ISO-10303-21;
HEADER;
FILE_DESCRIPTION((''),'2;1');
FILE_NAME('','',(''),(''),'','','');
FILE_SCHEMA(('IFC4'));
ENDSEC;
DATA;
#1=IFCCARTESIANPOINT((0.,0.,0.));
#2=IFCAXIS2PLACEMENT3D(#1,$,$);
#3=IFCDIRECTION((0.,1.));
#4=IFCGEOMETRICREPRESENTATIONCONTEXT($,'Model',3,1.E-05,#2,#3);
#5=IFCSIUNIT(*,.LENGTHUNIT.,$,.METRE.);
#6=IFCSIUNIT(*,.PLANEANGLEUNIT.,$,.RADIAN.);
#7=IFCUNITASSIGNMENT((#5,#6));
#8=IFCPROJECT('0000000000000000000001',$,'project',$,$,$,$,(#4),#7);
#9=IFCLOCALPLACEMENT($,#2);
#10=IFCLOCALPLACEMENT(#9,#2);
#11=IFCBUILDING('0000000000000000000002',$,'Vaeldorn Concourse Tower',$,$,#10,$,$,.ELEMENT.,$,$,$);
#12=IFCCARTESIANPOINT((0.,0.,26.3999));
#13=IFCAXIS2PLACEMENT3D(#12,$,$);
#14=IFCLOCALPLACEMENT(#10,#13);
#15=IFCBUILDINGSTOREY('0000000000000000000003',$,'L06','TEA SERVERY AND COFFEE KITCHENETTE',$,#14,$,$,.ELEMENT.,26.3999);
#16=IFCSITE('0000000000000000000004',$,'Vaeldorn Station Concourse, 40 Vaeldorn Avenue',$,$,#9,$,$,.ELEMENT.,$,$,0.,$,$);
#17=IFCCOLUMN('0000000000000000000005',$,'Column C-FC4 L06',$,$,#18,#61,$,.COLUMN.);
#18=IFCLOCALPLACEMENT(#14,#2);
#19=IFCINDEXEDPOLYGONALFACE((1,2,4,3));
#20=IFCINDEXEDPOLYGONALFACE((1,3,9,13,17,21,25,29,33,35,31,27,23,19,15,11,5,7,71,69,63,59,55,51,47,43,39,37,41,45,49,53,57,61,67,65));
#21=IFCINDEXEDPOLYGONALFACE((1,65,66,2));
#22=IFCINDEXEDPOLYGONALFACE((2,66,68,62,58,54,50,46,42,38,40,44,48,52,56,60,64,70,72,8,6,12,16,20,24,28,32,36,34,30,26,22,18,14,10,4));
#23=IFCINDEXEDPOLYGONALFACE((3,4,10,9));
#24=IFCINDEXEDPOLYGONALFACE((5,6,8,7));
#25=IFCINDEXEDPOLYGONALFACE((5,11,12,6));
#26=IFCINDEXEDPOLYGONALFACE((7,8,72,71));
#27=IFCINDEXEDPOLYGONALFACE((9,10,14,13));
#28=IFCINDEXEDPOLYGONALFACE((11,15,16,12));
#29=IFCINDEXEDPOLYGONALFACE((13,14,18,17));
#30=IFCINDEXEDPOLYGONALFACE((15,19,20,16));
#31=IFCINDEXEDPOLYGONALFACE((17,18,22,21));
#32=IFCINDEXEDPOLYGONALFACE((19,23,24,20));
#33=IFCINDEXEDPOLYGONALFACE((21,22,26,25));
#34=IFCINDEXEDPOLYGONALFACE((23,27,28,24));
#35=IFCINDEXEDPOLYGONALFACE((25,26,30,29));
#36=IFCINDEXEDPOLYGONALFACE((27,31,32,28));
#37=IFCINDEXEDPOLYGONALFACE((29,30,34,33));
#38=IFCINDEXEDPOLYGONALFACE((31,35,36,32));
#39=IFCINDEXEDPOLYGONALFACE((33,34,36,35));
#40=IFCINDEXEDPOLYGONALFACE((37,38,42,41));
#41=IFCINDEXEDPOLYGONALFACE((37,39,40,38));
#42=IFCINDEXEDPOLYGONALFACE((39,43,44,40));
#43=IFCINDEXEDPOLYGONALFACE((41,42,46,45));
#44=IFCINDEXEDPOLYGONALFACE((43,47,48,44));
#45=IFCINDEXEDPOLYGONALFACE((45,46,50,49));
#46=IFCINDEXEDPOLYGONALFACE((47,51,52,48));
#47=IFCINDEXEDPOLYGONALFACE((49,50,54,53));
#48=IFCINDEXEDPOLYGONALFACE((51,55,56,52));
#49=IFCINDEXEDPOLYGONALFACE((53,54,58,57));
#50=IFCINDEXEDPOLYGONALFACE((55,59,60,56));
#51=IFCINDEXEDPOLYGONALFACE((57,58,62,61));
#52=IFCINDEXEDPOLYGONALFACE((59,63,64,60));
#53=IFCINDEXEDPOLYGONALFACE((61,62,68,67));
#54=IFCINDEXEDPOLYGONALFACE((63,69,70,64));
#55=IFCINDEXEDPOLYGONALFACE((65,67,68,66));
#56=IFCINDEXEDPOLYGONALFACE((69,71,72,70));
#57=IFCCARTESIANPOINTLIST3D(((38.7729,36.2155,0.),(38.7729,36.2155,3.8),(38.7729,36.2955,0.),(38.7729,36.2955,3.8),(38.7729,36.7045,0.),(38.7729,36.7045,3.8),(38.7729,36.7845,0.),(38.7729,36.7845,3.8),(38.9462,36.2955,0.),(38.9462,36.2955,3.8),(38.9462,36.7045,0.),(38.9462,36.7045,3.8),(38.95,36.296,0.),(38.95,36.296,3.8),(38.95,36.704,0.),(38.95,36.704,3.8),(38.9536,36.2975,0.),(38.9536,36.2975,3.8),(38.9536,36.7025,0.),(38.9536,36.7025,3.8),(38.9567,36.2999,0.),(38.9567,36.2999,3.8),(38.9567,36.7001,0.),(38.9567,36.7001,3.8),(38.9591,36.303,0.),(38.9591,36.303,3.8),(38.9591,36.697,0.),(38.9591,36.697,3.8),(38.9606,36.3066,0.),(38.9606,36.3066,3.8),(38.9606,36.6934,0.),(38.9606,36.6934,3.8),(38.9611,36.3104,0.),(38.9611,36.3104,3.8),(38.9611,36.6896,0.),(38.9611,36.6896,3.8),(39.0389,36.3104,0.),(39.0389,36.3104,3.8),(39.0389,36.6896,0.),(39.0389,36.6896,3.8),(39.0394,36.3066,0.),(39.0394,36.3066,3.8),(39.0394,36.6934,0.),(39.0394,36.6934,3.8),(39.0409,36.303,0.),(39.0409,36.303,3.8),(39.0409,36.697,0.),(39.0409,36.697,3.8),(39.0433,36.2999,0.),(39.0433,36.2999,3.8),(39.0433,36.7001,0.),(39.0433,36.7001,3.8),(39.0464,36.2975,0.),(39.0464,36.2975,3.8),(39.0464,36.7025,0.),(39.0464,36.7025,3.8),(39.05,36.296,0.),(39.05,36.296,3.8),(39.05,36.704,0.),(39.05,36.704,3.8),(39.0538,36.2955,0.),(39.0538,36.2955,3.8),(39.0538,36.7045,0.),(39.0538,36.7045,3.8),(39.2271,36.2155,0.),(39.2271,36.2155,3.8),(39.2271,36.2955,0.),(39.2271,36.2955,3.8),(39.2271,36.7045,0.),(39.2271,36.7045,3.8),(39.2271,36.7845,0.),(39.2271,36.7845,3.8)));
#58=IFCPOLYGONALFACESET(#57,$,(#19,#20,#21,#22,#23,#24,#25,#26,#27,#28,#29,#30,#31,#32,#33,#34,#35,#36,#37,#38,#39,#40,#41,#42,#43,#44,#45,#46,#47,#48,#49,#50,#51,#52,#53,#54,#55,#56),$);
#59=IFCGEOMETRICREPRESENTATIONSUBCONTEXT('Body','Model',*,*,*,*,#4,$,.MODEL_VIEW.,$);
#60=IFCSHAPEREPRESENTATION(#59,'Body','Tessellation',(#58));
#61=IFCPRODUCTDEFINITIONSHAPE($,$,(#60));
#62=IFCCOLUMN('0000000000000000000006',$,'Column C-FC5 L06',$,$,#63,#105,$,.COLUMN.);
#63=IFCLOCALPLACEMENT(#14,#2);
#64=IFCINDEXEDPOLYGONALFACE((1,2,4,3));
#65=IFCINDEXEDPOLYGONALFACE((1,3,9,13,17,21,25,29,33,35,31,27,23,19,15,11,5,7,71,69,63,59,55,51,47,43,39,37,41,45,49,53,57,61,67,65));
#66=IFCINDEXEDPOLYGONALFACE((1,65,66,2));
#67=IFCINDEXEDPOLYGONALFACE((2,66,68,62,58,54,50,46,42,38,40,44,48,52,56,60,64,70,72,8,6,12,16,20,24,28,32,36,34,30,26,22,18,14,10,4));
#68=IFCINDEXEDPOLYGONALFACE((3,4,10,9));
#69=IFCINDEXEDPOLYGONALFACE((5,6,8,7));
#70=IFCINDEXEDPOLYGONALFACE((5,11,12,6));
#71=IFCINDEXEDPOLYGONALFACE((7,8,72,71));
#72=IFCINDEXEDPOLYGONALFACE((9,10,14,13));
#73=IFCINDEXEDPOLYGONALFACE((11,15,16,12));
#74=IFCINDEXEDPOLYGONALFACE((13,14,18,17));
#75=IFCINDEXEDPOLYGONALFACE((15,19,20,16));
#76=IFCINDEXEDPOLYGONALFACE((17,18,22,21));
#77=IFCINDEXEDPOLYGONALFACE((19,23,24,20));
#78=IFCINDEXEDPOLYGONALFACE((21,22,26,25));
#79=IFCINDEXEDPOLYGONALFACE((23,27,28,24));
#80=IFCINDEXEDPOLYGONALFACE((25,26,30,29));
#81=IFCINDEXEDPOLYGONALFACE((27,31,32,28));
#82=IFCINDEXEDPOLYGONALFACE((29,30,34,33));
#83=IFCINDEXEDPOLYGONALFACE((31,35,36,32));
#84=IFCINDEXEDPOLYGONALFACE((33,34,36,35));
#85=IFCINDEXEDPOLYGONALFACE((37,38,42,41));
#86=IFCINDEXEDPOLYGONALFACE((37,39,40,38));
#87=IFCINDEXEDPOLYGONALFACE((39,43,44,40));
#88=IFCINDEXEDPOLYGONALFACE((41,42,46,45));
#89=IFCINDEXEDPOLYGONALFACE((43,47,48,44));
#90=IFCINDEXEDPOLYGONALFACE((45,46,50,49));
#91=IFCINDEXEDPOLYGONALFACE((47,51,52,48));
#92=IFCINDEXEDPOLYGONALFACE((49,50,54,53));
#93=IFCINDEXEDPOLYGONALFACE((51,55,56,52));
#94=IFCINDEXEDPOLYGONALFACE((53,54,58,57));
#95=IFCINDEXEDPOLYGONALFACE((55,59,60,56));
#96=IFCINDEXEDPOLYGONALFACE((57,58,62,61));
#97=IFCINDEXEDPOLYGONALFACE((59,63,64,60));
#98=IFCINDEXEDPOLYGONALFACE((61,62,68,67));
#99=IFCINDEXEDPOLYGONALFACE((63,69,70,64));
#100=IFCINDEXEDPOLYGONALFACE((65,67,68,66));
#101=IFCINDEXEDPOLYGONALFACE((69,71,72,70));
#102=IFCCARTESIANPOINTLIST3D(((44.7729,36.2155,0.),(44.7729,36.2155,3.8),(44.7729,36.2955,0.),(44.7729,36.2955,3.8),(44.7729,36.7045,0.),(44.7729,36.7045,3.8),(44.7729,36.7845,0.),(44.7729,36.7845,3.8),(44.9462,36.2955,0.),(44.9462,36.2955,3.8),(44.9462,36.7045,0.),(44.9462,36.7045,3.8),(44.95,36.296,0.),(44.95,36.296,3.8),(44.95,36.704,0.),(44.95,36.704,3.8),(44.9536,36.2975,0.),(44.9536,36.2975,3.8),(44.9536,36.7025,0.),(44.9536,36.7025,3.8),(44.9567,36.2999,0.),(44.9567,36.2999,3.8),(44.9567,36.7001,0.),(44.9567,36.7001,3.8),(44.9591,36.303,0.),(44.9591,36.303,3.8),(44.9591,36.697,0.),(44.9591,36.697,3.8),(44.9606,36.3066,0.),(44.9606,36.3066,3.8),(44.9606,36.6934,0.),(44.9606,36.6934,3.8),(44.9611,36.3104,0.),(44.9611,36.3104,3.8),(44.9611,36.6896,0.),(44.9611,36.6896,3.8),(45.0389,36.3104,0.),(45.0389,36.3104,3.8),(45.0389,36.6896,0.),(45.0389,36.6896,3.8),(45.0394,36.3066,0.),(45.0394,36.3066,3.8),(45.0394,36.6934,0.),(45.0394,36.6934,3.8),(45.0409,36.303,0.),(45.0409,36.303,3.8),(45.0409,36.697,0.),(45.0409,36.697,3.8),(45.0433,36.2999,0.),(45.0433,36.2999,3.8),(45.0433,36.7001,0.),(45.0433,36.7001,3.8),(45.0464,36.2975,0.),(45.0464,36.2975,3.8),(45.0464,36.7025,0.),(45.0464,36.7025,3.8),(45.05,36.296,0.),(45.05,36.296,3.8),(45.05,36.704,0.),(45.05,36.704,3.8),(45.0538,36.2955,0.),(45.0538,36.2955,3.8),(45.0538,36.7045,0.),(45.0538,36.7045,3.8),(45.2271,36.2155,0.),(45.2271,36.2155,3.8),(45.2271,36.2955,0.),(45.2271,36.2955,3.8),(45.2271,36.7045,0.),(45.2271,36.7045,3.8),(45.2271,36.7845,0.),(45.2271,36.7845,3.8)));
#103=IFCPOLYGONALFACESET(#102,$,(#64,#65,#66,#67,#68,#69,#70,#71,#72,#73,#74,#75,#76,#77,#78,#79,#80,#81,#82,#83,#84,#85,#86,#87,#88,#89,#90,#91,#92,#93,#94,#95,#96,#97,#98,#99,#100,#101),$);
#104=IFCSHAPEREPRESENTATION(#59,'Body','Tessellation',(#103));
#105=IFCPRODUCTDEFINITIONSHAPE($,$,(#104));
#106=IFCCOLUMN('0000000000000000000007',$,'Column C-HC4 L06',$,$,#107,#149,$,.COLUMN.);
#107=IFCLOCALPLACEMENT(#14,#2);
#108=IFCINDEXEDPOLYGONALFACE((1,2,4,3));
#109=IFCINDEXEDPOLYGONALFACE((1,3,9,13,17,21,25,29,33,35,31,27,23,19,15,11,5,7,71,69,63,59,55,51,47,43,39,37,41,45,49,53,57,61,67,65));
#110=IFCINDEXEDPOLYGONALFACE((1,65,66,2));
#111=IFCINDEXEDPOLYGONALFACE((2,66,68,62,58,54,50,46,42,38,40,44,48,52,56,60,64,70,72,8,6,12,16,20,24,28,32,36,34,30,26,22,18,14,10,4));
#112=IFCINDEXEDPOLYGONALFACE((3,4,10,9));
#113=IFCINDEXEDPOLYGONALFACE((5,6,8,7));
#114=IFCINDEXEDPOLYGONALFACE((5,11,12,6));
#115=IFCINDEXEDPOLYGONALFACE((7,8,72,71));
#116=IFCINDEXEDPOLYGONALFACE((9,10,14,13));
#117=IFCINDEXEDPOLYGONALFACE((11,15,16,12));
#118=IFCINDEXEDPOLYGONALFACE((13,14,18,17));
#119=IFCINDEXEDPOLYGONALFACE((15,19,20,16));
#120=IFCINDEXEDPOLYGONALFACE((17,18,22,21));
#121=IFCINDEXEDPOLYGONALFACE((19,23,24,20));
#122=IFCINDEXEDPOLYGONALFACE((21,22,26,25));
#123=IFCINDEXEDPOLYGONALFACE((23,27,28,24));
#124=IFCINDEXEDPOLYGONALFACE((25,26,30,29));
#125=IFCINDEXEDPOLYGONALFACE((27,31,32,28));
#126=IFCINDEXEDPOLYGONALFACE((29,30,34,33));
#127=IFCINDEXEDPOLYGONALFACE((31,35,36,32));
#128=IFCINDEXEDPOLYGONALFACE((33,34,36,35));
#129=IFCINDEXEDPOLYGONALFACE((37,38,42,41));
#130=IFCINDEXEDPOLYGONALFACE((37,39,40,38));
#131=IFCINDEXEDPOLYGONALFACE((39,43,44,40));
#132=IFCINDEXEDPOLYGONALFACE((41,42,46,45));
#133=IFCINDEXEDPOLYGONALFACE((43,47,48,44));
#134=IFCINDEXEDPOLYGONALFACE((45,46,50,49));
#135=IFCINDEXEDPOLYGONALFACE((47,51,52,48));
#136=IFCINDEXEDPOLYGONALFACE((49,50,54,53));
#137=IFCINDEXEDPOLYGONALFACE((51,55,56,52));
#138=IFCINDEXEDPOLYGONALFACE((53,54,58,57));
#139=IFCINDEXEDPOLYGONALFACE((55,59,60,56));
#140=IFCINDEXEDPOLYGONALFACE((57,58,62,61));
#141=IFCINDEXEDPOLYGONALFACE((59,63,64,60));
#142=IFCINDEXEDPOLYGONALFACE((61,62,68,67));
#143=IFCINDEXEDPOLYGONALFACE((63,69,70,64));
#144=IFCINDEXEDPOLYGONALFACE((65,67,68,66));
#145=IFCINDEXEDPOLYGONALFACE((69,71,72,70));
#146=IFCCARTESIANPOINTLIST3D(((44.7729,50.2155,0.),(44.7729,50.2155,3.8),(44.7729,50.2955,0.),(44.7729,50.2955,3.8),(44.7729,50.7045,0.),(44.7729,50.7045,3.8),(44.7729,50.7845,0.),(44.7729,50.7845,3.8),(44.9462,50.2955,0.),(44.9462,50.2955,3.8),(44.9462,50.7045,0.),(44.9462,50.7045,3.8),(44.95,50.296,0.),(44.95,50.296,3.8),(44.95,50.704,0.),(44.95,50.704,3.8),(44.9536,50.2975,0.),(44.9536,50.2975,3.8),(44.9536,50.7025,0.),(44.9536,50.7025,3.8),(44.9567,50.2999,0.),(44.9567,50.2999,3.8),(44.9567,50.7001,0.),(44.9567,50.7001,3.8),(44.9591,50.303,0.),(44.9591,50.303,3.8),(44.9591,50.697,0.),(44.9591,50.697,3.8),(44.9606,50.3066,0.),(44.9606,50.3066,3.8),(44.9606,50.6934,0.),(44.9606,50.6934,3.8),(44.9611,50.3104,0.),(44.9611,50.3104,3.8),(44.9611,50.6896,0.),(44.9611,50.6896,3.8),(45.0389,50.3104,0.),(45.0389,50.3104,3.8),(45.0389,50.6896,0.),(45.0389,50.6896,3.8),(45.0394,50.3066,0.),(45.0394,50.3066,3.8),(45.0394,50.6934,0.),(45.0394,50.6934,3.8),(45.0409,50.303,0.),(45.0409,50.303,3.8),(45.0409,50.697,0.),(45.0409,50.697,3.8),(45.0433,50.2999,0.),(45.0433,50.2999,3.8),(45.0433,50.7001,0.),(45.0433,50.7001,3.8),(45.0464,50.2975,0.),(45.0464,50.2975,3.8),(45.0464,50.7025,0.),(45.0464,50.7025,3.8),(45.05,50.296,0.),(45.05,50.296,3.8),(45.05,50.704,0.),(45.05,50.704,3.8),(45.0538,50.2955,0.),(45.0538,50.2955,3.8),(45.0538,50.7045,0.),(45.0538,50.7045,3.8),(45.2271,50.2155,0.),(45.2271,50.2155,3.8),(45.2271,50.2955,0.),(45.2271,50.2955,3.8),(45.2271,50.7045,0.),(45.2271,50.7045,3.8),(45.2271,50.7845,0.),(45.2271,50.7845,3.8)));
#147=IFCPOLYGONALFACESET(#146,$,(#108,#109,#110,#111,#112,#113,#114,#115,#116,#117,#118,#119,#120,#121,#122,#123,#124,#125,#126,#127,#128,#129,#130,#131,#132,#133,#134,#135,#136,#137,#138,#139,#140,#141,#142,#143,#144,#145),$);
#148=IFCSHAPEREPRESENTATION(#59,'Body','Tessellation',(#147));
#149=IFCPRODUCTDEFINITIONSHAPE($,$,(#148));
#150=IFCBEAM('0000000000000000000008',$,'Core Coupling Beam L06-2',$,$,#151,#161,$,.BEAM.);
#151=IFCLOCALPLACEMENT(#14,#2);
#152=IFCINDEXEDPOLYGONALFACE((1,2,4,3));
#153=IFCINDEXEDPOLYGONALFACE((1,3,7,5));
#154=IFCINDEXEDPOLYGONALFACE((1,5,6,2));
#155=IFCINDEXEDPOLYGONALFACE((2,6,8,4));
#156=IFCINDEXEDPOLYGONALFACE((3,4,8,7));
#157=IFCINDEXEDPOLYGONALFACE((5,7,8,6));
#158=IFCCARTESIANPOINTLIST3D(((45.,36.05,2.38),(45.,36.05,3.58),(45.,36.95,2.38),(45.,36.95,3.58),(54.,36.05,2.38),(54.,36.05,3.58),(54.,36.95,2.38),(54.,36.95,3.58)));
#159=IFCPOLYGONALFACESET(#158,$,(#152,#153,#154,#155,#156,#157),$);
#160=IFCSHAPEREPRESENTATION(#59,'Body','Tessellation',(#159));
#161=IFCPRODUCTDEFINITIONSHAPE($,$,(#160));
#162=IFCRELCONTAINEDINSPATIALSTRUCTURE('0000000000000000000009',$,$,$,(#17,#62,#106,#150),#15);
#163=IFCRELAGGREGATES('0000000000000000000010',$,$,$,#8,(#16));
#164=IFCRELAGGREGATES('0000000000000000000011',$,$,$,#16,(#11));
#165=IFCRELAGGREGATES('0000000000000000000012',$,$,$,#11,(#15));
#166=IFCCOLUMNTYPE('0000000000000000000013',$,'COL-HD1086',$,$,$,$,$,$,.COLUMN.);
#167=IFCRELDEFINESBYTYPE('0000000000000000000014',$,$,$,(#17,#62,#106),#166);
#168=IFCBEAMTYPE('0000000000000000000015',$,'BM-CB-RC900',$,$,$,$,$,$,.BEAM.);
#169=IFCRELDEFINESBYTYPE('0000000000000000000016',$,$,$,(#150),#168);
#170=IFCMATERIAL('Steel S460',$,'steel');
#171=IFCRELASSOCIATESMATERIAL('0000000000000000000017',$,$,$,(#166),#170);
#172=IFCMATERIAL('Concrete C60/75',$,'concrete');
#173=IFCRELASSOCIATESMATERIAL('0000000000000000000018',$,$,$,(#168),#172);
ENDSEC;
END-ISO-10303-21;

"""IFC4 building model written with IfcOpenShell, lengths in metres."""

from ifc_helpers import new_model, si_unit, direction, frame, origin, origin_2d, place, context, subcontext, project, spatial, rectangle, i_section, extrude, source, transform, mapped, material, material_profile, profile_set, type_object, element, save


model = new_model("IFC4")

# Units and contexts
model_context = context("Model", 3, precision=1e-05, world=origin(), true_north=direction((0.0, 1.0)))
body_context = subcontext(model_context, "Body", "Model", "MODEL_VIEW")
ifc_project = project(units=[si_unit("LENGTHUNIT", "METRE"), si_unit("PLANEANGLEUNIT", "RADIAN")], contexts=[model_context])

# Site, building, storey
site_placement = place(None, origin())
site = spatial("IfcSite", under=ifc_project, at=site_placement, Name="Vaeldorn Station Concourse, 40 Vaeldorn Avenue", CompositionType="ELEMENT", RefElevation=0.0)
building_placement = place(site_placement, origin())
building = spatial("IfcBuilding", under=site, at=building_placement, Name="Vaeldorn Concourse Tower", CompositionType="ELEMENT")
storey_placement = place(building_placement, frame((0.0, 0.0, 26.3999)))
storey = spatial("IfcBuildingStorey", under=building, at=storey_placement, Name="L06", Description="TEA SERVERY AND COFFEE KITCHENETTE", CompositionType="ELEMENT", Elevation=26.3999)

# Columns
ifc_material_1 = material(Name="Steel S460", Category="steel")
ifc_material_profile_1 = material_profile(ifc_material_1, i_section(OverallWidth=0.4541, OverallDepth=0.5691, WebThickness=0.0779, FlangeThickness=0.0801, FilletRadius=0.0149, at=origin_2d()), Name="HD 400x1086")
ifc_profile_set_1 = profile_set([ifc_material_profile_1], Name="Steel S460")
column_type = type_object("IfcColumnType", Name="COL-HD1086", PredefinedType="COLUMN", material=ifc_profile_set_1)
shared_shape_1 = source(origin(), body_context, "Body", "SweptSolid", [
    extrude(i_section(OverallWidth=0.4541, OverallDepth=0.5691, WebThickness=0.0779, FlangeThickness=0.0801, FilletRadius=0.0149, at=origin_2d()), origin(), (0.0, 0.0, 1.0), 3.8),
])
for number, where, z_axis, x_axis, name in (
    (1, (39.0, 36.5, 0.0), (0.0, 0.0, 1.0), (1.0, 0.0, 0.0), "Column C-FC4 L06"),
    (2, (45.0, 36.5, 0.0), (0.0, 0.0, 1.0), (1.0, 0.0, 0.0), "Column C-FC5 L06"),
    (3, (45.0, 50.5, 0.0), (0.0, 0.0, 1.0), (1.0, 0.0, 0.0), "Column C-HC4 L06"),
):
    element("IfcColumn", number, at=place(storey_placement, frame(where, z_axis=z_axis, x_axis=x_axis)), inside=storey, type_object=column_type, Name=name, PredefinedType="COLUMN", context=body_context, shape_type="MappedRepresentation", body=[
        mapped(shared_shape_1, transform((0.0, 0.0, 0.0), scale=1.0)),
    ])

# Beam
ifc_material_2 = material(Name="Concrete C60/75", Category="concrete")
ifc_material_profile_2 = material_profile(ifc_material_2, rectangle(XDim=0.8999, YDim=1.2, at=origin_2d()), Name="RC 900x1200")
ifc_profile_set_2 = profile_set([ifc_material_profile_2], Name="Concrete C60/75")
beam_type_1 = type_object("IfcBeamType", Name="BM-CB-RC900", PredefinedType="BEAM", material=ifc_profile_set_2)
shared_shape_2 = source(origin(), body_context, "Body", "SweptSolid", [
    extrude(rectangle(XDim=0.8999, YDim=1.2, at=origin_2d()), origin(), (0.0, 0.0, 1.0), 9.0),
])
beam_1_placement = place(storey_placement, frame((45.0, 36.5, 2.98), z_axis=(1.0, 0.0, 0.0), x_axis=(0.0, 1.0, 0.0)))
element("IfcBeam", 4, at=beam_1_placement, inside=storey, type_object=beam_type_1, Name="Core Coupling Beam L06-2", PredefinedType="BEAM", context=body_context, shape_type="MappedRepresentation", body=[
    mapped(shared_shape_2, transform((0.0, 0.0, 0.0), scale=1.0)),
])

save(model, "model.ifc")
